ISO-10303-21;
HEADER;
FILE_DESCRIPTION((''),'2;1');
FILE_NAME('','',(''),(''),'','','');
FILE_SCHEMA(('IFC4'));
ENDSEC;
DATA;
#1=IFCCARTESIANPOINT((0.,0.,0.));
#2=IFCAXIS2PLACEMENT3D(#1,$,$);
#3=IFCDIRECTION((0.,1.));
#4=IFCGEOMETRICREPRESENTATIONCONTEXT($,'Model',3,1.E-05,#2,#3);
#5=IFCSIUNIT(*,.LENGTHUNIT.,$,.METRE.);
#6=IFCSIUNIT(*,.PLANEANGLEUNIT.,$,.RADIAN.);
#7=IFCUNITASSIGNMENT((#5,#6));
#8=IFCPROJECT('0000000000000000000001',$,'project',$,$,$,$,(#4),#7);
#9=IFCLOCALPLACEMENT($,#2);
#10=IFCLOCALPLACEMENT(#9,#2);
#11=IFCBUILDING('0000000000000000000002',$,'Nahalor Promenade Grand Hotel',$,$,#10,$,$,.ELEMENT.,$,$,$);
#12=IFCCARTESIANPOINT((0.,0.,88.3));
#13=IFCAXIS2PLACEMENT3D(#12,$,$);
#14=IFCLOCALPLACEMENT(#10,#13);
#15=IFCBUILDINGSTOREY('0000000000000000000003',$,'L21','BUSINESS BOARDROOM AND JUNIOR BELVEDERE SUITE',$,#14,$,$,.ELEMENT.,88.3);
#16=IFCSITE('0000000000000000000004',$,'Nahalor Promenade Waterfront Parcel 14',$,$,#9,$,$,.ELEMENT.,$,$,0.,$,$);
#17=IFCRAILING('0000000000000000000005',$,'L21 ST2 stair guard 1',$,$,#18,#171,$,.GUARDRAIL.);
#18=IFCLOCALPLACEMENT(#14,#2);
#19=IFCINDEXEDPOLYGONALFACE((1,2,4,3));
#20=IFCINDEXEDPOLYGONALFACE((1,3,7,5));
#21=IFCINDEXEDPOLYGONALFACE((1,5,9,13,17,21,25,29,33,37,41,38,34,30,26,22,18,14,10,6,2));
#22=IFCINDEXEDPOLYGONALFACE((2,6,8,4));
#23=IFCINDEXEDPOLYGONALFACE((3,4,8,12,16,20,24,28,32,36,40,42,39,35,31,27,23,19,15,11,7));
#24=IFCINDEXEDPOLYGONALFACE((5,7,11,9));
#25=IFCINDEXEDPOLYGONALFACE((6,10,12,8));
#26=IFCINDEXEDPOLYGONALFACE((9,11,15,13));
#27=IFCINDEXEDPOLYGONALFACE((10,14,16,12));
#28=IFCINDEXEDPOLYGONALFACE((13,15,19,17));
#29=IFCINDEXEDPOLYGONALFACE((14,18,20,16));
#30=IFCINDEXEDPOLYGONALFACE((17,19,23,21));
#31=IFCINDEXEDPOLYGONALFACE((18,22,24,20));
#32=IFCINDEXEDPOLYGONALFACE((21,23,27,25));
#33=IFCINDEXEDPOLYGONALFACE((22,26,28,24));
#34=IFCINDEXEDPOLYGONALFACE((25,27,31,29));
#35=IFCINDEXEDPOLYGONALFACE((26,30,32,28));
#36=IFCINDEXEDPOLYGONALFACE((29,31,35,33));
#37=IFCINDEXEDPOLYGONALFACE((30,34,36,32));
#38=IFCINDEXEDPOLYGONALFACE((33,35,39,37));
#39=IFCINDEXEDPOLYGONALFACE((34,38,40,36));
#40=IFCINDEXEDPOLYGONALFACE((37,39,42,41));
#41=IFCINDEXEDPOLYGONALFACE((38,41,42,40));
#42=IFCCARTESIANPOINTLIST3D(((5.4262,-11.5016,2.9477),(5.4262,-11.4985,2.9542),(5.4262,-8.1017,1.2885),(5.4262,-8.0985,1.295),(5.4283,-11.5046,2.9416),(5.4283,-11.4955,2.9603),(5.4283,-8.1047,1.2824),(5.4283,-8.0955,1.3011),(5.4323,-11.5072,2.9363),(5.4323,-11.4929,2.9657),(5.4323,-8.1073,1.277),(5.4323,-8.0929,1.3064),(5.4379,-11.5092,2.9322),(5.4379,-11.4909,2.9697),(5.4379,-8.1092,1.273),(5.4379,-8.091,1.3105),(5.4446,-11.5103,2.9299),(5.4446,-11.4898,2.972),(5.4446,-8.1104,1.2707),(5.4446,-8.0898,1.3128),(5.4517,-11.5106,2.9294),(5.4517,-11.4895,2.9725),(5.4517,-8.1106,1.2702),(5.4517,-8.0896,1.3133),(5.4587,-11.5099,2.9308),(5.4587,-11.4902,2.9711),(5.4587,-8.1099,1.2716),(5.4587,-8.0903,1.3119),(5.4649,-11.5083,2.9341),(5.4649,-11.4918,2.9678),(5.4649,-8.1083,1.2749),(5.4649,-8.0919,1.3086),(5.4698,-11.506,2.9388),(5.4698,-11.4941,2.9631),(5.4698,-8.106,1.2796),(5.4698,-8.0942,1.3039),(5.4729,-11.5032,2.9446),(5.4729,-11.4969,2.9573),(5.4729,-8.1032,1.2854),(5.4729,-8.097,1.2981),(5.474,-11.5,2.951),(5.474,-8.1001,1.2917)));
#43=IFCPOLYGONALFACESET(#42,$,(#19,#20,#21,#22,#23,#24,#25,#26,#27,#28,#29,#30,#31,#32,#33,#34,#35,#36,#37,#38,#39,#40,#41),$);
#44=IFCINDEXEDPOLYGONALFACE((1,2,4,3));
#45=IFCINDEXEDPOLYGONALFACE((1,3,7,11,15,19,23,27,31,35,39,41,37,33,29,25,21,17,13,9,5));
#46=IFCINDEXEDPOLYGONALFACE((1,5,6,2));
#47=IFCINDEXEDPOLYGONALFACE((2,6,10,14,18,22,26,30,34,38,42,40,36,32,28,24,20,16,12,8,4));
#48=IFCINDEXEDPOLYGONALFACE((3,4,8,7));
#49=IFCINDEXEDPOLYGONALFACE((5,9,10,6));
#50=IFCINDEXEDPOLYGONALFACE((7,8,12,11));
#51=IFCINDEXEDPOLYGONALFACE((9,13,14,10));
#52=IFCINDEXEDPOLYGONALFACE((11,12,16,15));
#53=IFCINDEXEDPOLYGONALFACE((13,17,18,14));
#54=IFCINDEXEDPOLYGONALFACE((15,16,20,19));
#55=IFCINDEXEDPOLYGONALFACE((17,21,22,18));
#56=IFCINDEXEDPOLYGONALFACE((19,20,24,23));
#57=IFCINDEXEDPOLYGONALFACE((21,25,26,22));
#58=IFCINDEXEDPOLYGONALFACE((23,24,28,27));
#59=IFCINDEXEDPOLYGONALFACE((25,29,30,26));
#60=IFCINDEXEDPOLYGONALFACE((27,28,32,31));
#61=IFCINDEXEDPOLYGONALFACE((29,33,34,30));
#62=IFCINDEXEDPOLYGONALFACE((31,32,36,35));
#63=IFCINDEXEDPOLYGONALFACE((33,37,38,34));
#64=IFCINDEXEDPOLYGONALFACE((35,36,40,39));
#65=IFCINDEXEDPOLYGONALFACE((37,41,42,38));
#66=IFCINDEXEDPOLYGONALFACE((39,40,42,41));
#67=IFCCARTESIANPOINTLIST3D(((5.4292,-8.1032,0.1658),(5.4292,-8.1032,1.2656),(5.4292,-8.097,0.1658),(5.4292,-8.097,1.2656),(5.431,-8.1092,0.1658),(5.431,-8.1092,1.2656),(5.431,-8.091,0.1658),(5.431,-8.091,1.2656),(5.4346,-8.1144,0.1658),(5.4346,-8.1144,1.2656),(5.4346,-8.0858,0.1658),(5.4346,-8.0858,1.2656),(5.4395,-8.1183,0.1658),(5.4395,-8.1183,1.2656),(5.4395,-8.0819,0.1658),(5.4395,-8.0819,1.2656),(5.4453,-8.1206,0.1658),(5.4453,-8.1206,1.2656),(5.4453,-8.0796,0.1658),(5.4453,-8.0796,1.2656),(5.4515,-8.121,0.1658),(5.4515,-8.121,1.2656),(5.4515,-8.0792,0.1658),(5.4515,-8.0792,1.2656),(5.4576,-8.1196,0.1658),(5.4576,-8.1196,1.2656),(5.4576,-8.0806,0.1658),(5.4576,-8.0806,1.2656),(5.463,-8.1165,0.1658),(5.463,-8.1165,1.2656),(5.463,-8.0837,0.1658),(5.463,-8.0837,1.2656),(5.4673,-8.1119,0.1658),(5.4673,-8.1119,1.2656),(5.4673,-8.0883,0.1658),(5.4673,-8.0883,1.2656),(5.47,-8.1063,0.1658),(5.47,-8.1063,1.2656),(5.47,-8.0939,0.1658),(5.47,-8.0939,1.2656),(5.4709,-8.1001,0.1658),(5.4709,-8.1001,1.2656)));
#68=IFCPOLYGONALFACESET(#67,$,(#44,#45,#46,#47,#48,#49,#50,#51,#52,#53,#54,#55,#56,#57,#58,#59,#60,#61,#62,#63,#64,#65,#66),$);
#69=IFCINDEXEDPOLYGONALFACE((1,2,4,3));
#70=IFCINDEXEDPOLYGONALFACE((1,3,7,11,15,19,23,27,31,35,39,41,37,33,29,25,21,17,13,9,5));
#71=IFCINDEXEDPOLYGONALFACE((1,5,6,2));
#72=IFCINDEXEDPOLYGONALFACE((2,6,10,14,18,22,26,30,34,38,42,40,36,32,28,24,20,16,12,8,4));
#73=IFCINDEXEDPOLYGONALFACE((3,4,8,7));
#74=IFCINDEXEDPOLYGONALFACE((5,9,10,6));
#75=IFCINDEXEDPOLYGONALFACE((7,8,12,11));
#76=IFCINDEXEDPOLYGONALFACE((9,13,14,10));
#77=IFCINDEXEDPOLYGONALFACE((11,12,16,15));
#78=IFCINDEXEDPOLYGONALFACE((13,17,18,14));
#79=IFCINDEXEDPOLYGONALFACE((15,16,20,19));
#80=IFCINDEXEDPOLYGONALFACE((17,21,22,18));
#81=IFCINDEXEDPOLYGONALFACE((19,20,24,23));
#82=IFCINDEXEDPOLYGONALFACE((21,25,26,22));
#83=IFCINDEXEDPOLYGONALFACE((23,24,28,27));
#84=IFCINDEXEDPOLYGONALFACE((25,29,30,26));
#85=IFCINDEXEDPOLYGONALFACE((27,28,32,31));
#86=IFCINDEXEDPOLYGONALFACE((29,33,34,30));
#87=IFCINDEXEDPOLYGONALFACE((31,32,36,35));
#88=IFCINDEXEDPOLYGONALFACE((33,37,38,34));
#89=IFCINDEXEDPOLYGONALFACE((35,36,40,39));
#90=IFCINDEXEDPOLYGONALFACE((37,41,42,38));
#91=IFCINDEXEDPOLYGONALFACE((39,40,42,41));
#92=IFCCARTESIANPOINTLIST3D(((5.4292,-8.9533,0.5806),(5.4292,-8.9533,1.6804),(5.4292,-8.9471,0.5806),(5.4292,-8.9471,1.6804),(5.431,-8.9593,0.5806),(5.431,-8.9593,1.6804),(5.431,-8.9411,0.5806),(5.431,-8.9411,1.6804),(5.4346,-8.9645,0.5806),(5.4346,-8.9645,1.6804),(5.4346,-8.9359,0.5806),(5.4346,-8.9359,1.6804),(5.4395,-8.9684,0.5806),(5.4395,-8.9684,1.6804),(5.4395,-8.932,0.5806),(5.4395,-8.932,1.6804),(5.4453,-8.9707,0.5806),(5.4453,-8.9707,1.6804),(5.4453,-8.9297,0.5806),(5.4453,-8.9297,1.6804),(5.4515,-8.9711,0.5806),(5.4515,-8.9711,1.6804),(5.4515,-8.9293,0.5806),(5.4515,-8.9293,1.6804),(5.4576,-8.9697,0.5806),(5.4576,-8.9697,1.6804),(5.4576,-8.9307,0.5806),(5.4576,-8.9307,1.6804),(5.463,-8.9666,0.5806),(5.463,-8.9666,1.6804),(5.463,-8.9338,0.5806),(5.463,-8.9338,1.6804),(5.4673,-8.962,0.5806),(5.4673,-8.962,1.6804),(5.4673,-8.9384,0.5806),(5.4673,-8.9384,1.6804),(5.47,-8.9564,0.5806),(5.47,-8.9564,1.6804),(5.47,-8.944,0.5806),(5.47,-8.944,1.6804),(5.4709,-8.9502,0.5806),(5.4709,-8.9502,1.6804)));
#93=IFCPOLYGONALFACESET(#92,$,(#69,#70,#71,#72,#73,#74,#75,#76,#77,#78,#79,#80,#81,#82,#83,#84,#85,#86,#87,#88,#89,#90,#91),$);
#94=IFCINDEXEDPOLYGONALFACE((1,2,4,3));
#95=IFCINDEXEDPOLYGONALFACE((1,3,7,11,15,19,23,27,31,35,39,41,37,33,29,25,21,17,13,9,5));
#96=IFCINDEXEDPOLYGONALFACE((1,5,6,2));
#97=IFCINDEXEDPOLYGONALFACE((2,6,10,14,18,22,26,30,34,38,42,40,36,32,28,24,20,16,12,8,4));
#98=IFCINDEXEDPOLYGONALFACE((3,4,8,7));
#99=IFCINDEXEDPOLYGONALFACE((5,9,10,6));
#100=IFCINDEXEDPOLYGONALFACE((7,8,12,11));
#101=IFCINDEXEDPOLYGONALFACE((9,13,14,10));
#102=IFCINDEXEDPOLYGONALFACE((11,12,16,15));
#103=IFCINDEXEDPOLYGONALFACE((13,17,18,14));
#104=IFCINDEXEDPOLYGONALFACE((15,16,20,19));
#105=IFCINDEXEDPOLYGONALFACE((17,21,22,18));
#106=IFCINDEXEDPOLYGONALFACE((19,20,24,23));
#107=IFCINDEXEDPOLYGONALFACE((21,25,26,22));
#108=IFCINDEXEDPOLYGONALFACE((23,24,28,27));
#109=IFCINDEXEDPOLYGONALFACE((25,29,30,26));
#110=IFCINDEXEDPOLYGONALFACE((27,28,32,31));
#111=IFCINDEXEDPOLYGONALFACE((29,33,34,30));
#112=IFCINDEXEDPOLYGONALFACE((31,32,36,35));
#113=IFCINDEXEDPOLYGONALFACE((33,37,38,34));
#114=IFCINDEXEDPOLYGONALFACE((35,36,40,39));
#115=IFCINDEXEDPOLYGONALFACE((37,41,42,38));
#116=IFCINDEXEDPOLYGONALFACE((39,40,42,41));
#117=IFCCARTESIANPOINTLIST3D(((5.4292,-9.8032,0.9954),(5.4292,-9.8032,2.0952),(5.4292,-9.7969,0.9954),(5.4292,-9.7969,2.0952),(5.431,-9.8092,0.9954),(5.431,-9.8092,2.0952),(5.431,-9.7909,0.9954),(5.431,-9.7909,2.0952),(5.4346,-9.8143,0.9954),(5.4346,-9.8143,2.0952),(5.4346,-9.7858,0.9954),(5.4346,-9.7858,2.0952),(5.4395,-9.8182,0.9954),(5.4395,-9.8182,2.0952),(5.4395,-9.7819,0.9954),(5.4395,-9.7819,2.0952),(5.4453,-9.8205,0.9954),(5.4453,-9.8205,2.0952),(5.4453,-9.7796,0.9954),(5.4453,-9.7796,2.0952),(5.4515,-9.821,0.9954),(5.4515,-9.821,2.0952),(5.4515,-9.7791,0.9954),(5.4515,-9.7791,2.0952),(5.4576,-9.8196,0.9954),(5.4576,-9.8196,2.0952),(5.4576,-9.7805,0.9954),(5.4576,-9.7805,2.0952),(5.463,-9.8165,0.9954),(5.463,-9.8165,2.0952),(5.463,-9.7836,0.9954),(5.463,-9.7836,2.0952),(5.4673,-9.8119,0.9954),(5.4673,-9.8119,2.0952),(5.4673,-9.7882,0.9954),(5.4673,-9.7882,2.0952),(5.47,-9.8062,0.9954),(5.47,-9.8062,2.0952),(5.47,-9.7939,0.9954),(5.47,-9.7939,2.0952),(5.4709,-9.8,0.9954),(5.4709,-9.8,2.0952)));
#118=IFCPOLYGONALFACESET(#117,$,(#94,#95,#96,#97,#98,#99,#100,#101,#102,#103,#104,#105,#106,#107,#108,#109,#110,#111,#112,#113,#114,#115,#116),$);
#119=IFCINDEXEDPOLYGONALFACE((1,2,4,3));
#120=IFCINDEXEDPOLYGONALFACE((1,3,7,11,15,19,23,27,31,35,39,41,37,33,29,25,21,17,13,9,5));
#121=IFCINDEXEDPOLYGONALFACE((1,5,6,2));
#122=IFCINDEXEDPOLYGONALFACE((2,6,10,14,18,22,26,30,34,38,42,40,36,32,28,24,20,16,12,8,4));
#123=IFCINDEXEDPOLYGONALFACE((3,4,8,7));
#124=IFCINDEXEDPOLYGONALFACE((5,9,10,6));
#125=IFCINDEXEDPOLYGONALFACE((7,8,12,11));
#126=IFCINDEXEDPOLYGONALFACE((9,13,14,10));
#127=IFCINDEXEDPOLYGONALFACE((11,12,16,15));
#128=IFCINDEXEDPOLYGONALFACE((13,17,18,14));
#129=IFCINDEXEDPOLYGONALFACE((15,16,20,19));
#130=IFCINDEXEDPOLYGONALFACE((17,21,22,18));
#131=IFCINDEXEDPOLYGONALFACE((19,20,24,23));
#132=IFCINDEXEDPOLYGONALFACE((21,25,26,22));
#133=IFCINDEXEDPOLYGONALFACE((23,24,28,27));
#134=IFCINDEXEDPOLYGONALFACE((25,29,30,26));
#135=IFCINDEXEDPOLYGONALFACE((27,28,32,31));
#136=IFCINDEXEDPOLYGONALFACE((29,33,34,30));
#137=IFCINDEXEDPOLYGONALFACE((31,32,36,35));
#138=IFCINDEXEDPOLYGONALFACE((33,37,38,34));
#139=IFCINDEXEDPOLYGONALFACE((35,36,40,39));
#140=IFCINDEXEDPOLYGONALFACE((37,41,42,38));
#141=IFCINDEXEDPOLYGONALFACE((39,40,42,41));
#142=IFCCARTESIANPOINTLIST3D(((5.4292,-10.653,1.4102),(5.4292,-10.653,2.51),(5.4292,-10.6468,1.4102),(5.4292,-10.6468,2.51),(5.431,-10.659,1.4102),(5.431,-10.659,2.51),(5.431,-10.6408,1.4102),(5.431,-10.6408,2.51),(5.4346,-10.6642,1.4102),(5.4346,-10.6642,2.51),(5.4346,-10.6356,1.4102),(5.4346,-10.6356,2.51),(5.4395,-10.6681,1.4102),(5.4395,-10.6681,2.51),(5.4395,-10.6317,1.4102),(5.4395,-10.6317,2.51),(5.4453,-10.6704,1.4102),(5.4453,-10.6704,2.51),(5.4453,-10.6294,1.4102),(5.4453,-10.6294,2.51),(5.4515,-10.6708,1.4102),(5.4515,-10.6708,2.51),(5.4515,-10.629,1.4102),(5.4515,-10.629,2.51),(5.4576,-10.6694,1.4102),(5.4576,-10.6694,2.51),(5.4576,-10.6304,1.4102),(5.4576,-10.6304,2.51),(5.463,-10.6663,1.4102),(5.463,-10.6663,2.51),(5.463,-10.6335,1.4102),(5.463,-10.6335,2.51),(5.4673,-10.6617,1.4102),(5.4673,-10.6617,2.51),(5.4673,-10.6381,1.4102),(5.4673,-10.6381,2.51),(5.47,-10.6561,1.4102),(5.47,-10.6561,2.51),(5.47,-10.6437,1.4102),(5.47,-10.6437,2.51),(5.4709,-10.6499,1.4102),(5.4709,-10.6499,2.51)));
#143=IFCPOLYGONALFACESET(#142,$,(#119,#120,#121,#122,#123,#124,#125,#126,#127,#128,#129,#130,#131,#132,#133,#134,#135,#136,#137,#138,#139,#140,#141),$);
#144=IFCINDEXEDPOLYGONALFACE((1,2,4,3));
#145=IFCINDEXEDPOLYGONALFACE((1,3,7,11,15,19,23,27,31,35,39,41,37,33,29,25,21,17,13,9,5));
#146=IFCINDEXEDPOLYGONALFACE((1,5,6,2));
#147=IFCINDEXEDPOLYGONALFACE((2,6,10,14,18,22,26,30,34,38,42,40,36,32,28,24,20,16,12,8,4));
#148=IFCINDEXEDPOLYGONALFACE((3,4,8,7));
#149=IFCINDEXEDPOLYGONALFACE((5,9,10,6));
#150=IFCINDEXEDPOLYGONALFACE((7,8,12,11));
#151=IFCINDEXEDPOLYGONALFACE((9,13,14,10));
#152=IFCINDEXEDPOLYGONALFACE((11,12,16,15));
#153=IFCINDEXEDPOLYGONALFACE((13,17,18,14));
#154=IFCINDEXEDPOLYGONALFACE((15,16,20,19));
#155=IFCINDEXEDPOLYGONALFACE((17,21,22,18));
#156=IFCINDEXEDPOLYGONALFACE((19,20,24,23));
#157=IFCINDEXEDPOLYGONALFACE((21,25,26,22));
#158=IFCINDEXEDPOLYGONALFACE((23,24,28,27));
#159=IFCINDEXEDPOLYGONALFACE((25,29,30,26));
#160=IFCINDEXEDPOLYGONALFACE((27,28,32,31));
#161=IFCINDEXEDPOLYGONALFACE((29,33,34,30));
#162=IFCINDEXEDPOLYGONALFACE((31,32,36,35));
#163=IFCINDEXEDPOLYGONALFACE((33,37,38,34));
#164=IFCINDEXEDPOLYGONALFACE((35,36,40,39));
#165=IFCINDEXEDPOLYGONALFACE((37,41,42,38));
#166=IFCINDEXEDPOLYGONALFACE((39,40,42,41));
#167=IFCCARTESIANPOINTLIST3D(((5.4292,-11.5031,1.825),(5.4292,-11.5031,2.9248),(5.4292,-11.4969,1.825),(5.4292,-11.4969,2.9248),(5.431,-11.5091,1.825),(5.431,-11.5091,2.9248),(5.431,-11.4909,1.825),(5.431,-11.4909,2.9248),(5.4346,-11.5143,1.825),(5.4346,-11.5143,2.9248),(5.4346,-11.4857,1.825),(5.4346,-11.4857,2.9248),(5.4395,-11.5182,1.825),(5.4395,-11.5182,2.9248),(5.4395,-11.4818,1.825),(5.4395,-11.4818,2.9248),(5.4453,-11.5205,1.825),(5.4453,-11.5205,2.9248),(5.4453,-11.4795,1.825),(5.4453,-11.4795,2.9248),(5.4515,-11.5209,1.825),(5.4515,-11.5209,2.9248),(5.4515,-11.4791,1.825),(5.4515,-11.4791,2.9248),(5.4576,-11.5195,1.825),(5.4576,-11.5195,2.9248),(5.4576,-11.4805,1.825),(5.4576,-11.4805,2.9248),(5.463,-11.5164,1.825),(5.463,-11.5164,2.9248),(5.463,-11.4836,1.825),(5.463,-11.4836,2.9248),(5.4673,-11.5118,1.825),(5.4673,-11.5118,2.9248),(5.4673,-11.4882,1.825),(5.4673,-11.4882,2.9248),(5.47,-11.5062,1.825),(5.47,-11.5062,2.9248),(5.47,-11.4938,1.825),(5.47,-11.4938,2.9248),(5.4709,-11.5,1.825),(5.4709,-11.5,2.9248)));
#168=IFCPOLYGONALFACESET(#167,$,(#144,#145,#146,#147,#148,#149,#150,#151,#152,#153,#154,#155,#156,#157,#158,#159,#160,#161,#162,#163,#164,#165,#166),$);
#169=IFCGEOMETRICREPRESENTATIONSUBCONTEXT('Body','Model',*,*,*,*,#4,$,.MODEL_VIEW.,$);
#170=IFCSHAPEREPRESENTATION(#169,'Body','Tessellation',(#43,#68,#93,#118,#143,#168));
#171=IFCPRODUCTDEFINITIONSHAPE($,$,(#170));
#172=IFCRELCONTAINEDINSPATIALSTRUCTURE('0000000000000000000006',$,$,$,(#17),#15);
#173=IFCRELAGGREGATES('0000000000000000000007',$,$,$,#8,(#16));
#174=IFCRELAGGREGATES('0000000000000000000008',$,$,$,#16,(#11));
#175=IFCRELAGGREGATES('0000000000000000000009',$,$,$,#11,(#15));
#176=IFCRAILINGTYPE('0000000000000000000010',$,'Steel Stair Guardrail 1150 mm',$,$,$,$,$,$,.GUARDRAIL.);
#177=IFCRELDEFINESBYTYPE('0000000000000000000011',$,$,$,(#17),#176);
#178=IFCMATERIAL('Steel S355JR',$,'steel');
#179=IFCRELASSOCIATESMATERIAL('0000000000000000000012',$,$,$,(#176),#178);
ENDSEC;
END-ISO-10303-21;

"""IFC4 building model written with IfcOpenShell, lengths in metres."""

from ifc_helpers import new_model, si_unit, direction, frame, origin, origin_2d, place, context, subcontext, project, spatial, circle, extrude, material, type_object, element, save


model = new_model("IFC4")

# Units and contexts
model_context = context("Model", 3, precision=1e-05, world=origin(), true_north=direction((0.0, 1.0)))
body_context = subcontext(model_context, "Body", "Model", "MODEL_VIEW")
ifc_project = project(units=[si_unit("LENGTHUNIT", "METRE"), si_unit("PLANEANGLEUNIT", "RADIAN")], contexts=[model_context])

# Site, building, storey
site_placement = place(None, origin())
site = spatial("IfcSite", under=ifc_project, at=site_placement, Name="Nahalor Promenade Waterfront Parcel 14", CompositionType="ELEMENT", RefElevation=0.0)
building_placement = place(site_placement, origin())
building = spatial("IfcBuilding", under=site, at=building_placement, Name="Nahalor Promenade Grand Hotel", CompositionType="ELEMENT")
storey_placement = place(building_placement, frame((0.0, 0.0, 88.3)))
storey = spatial("IfcBuildingStorey", under=building, at=storey_placement, Name="L21", Description="BUSINESS BOARDROOM AND JUNIOR BELVEDERE SUITE", CompositionType="ELEMENT", Elevation=88.3)

# Shared definitions
ifc_material_1 = material(Name="Steel S355JR", Category="steel")

# Railing
railing_type_1 = type_object("IfcRailingType", Name="Steel Stair Guardrail 1150 mm", PredefinedType="GUARDRAIL", material=ifc_material_1)
railing_1_placement = place(storey_placement, frame((5.45, -8.1001, 0.1658)))
element("IfcRailing", 1, at=railing_1_placement, inside=storey, type_object=railing_type_1, Name="L21 ST2 stair guard 1", PredefinedType="GUARDRAIL", context=body_context, shape_type="SweptSolid", body=[
    extrude(circle(Radius=0.024, at=origin_2d()), frame((0.0, 0.0, 1.126), z_axis=(0.0, -0.898696, 0.438571), x_axis=(1.0, 0.0, 0.0)), (0.0, 0.0, 1.0), 3.7832),
    extrude(circle(Radius=0.021, at=origin_2d()), origin(), (0.0, 0.0, 1.0), 1.0999),
    extrude(circle(Radius=0.021, at=origin_2d()), frame((0.0, -0.8501, 0.4148)), (0.0, 0.0, 1.0), 1.0999),
    extrude(circle(Radius=0.021, at=origin_2d()), frame((0.0, -1.7, 0.8296)), (0.0, 0.0, 1.0), 1.0999),
    extrude(circle(Radius=0.021, at=origin_2d()), frame((0.0, -2.5498, 1.2444)), (0.0, 0.0, 1.0), 1.0999),
    extrude(circle(Radius=0.021, at=origin_2d()), frame((0.0, -3.3999, 1.6592)), (0.0, 0.0, 1.0), 1.0999),
])

save(model, "model.ifc")
